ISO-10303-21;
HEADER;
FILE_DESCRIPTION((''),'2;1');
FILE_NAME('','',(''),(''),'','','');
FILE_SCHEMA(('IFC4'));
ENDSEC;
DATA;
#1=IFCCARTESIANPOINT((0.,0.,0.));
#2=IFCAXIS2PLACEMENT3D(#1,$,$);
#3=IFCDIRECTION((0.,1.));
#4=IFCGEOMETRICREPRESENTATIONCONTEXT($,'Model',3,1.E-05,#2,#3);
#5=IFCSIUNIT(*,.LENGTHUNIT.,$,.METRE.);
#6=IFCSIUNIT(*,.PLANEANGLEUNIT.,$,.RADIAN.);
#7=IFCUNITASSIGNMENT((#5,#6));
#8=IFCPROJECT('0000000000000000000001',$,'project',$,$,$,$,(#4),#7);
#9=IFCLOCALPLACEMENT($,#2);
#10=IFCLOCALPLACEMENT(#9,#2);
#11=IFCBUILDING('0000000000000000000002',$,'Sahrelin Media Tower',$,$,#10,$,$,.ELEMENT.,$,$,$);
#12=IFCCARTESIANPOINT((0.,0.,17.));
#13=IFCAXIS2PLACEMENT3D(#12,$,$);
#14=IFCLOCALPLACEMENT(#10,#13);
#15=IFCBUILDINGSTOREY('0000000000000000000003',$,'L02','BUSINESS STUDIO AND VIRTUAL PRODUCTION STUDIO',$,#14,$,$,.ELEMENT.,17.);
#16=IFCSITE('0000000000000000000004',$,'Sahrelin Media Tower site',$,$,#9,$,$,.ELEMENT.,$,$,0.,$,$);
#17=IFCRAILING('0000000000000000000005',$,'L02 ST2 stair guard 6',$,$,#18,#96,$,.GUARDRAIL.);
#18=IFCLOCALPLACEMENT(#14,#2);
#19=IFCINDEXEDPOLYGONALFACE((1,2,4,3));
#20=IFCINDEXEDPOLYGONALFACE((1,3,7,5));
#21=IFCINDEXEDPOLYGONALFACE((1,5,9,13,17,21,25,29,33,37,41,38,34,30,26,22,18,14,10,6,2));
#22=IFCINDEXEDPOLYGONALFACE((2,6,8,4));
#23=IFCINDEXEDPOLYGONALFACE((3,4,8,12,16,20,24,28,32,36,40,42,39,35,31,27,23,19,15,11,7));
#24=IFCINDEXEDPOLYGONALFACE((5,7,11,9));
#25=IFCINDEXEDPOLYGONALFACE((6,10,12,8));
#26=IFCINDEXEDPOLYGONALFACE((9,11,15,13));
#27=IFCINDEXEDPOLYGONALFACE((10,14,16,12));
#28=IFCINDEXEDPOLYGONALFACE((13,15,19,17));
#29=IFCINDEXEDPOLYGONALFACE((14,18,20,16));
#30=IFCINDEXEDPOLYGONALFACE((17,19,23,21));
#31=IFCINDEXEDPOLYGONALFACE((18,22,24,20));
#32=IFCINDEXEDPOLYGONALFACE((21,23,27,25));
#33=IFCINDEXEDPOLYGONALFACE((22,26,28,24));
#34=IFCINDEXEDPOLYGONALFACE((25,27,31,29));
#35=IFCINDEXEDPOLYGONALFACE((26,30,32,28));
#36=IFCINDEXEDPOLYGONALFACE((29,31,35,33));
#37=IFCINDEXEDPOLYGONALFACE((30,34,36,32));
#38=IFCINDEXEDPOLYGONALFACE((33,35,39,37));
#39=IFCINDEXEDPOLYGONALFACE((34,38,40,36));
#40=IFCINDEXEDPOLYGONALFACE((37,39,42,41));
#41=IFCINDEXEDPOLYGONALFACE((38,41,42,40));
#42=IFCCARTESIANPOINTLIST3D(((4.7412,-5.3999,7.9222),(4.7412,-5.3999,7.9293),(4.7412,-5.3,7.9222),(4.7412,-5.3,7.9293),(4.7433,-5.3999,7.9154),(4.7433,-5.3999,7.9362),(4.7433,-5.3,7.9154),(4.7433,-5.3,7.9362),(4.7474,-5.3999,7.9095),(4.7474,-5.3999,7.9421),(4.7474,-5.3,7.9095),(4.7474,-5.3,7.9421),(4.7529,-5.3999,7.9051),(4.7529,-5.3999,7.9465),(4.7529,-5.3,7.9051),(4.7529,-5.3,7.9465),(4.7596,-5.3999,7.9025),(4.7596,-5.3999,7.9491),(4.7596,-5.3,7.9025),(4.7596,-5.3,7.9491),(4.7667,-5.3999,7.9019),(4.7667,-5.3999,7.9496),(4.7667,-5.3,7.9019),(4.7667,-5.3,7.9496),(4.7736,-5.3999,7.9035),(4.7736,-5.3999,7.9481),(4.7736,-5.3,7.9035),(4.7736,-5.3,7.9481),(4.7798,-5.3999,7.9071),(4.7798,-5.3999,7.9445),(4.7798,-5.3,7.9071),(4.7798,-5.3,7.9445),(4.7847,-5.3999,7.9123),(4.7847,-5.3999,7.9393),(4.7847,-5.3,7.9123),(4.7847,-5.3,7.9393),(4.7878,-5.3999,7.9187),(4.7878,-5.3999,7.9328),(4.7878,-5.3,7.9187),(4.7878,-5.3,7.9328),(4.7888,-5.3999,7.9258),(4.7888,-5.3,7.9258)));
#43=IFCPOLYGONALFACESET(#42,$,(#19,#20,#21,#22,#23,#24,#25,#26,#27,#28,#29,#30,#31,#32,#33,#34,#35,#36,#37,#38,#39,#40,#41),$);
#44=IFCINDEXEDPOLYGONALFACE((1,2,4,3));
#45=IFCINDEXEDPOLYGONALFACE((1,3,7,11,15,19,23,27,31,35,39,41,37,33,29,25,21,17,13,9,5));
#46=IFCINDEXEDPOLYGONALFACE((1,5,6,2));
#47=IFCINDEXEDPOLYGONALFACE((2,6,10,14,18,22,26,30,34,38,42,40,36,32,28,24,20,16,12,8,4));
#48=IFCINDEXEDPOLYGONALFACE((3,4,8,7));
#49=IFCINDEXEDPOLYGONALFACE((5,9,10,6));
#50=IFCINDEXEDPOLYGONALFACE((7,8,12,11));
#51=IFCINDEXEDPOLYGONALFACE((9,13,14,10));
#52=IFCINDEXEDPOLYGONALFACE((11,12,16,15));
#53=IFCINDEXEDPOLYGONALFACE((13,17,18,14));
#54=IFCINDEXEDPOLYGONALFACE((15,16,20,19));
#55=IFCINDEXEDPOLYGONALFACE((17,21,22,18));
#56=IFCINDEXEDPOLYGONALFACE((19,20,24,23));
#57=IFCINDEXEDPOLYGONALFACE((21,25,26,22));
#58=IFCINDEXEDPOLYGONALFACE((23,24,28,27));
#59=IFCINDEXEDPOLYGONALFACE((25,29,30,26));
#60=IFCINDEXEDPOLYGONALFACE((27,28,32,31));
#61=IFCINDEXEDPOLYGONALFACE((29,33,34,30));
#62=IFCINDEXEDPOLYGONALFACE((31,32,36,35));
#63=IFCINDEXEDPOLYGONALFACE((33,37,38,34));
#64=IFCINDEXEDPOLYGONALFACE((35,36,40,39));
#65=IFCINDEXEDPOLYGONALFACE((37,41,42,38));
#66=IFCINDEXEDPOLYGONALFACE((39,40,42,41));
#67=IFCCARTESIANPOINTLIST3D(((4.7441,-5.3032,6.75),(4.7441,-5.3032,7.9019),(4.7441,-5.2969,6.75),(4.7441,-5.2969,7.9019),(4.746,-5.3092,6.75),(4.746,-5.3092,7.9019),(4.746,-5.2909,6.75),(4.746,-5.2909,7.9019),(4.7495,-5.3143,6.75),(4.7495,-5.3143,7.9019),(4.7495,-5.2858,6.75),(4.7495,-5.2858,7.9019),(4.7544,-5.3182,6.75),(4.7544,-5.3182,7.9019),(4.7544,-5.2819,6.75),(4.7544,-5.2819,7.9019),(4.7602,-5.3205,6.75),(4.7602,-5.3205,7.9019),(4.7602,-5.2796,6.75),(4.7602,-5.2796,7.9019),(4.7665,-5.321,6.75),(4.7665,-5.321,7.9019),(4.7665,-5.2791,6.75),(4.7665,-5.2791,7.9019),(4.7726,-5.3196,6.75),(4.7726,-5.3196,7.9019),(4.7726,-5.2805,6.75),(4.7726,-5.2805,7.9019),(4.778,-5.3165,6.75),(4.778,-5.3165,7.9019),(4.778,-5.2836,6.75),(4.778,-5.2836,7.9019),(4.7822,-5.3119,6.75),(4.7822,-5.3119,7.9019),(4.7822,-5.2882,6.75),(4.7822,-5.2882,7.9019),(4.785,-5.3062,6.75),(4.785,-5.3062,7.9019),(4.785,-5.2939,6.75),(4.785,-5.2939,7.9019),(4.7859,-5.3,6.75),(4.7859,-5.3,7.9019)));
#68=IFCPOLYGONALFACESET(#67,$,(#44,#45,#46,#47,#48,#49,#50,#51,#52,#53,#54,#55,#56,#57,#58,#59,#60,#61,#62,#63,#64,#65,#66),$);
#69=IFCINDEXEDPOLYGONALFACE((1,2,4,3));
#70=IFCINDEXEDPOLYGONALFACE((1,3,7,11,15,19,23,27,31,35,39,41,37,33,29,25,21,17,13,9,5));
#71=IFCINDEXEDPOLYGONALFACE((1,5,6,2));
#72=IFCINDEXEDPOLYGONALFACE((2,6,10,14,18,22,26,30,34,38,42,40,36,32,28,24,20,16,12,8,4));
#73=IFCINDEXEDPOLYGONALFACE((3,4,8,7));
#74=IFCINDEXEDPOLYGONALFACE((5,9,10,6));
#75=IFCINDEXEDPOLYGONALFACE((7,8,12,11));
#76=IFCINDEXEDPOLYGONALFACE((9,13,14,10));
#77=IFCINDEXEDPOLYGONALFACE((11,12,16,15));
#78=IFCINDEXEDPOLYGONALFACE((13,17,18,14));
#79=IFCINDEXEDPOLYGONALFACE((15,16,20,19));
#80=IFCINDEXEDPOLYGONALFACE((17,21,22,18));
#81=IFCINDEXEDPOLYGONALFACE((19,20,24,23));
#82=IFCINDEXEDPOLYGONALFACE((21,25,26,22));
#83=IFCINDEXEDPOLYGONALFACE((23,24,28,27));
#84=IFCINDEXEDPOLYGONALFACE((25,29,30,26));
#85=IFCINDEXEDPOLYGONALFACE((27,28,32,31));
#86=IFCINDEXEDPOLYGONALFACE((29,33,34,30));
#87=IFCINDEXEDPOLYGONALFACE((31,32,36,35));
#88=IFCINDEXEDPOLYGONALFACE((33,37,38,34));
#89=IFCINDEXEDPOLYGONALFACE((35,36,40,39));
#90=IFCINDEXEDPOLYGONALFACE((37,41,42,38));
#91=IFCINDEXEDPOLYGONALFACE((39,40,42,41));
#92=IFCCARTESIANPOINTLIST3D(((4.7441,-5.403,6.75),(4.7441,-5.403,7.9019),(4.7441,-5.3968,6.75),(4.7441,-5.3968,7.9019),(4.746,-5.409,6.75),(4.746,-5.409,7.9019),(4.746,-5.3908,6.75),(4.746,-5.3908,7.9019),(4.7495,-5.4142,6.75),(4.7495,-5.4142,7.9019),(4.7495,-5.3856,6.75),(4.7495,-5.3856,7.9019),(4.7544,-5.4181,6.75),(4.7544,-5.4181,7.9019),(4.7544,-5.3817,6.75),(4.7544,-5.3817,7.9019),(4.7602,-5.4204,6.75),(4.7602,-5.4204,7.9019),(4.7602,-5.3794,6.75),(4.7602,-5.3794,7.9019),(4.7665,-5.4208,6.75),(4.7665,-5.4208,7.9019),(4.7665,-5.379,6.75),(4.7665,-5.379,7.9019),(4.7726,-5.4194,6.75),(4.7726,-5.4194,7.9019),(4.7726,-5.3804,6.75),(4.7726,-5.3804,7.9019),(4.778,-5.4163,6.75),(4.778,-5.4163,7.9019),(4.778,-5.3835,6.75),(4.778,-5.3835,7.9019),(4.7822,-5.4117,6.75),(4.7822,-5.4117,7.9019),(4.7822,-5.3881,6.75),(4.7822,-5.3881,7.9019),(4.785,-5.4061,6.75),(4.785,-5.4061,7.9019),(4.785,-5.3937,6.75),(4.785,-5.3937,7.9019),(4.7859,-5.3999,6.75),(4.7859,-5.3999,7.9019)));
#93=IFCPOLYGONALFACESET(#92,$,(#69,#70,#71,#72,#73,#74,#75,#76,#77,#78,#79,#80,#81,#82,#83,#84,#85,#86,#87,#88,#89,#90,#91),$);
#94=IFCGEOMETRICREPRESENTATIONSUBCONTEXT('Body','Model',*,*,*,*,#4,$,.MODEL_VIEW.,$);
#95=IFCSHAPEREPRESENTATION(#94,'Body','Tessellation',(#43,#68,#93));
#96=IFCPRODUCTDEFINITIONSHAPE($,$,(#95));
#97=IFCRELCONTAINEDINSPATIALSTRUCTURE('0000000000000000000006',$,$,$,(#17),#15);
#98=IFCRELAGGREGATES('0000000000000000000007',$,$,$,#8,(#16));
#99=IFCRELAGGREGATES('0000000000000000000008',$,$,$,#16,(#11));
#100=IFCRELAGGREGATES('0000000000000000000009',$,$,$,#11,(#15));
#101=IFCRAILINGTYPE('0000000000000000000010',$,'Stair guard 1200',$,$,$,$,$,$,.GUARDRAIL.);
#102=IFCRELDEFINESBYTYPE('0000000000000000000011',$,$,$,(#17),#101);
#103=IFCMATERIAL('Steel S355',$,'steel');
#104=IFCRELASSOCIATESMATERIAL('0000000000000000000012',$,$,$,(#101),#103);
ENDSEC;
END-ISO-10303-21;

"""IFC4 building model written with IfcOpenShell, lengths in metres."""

from ifc_helpers import new_model, si_unit, direction, frame, origin, origin_2d, place, context, subcontext, project, spatial, circle, extrude, material, type_object, element, save


model = new_model("IFC4")

# Units and contexts
model_context = context("Model", 3, precision=1e-05, world=origin(), true_north=direction((0.0, 1.0)))
body_context = subcontext(model_context, "Body", "Model", "MODEL_VIEW")
ifc_project = project(units=[si_unit("LENGTHUNIT", "METRE"), si_unit("PLANEANGLEUNIT", "RADIAN")], contexts=[model_context])

# Site, building, storey
site_placement = place(None, origin())
site = spatial("IfcSite", under=ifc_project, at=site_placement, Name="Sahrelin Media Tower site", CompositionType="ELEMENT", RefElevation=0.0)
building_placement = place(site_placement, origin())
building = spatial("IfcBuilding", under=site, at=building_placement, Name="Sahrelin Media Tower", CompositionType="ELEMENT")
storey_placement = place(building_placement, frame((0.0, 0.0, 17.0)))
storey = spatial("IfcBuildingStorey", under=building, at=storey_placement, Name="L02", Description="BUSINESS STUDIO AND VIRTUAL PRODUCTION STUDIO", CompositionType="ELEMENT", Elevation=17.0)

# Railing
ifc_material_1 = material(Name="Steel S355", Category="steel")
railing_type_1 = type_object("IfcRailingType", Name="Stair guard 1200", PredefinedType="GUARDRAIL", material=ifc_material_1)
railing_1_placement = place(storey_placement, frame((4.7649, -5.3, 6.75)))
element("IfcRailing", 1, at=railing_1_placement, inside=storey, type_object=railing_type_1, Name="L02 ST2 stair guard 6", PredefinedType="GUARDRAIL", context=body_context, shape_type="SweptSolid", body=[
    extrude(circle(Radius=0.0239, at=origin_2d()), frame((0.0, 0.0, 1.1758), z_axis=(0.0, -1.0, 0.0), x_axis=(1.0, 0.0, 0.0)), (0.0, 0.0, 1.0), 0.0999),
    extrude(circle(Radius=0.021, at=origin_2d()), origin(), (0.0, 0.0, 1.0), 1.1519),
    extrude(circle(Radius=0.021, at=origin_2d()), frame((0.0, -0.0999, 0.0)), (0.0, 0.0, 1.0), 1.1519),
])

save(model, "model.ifc")
